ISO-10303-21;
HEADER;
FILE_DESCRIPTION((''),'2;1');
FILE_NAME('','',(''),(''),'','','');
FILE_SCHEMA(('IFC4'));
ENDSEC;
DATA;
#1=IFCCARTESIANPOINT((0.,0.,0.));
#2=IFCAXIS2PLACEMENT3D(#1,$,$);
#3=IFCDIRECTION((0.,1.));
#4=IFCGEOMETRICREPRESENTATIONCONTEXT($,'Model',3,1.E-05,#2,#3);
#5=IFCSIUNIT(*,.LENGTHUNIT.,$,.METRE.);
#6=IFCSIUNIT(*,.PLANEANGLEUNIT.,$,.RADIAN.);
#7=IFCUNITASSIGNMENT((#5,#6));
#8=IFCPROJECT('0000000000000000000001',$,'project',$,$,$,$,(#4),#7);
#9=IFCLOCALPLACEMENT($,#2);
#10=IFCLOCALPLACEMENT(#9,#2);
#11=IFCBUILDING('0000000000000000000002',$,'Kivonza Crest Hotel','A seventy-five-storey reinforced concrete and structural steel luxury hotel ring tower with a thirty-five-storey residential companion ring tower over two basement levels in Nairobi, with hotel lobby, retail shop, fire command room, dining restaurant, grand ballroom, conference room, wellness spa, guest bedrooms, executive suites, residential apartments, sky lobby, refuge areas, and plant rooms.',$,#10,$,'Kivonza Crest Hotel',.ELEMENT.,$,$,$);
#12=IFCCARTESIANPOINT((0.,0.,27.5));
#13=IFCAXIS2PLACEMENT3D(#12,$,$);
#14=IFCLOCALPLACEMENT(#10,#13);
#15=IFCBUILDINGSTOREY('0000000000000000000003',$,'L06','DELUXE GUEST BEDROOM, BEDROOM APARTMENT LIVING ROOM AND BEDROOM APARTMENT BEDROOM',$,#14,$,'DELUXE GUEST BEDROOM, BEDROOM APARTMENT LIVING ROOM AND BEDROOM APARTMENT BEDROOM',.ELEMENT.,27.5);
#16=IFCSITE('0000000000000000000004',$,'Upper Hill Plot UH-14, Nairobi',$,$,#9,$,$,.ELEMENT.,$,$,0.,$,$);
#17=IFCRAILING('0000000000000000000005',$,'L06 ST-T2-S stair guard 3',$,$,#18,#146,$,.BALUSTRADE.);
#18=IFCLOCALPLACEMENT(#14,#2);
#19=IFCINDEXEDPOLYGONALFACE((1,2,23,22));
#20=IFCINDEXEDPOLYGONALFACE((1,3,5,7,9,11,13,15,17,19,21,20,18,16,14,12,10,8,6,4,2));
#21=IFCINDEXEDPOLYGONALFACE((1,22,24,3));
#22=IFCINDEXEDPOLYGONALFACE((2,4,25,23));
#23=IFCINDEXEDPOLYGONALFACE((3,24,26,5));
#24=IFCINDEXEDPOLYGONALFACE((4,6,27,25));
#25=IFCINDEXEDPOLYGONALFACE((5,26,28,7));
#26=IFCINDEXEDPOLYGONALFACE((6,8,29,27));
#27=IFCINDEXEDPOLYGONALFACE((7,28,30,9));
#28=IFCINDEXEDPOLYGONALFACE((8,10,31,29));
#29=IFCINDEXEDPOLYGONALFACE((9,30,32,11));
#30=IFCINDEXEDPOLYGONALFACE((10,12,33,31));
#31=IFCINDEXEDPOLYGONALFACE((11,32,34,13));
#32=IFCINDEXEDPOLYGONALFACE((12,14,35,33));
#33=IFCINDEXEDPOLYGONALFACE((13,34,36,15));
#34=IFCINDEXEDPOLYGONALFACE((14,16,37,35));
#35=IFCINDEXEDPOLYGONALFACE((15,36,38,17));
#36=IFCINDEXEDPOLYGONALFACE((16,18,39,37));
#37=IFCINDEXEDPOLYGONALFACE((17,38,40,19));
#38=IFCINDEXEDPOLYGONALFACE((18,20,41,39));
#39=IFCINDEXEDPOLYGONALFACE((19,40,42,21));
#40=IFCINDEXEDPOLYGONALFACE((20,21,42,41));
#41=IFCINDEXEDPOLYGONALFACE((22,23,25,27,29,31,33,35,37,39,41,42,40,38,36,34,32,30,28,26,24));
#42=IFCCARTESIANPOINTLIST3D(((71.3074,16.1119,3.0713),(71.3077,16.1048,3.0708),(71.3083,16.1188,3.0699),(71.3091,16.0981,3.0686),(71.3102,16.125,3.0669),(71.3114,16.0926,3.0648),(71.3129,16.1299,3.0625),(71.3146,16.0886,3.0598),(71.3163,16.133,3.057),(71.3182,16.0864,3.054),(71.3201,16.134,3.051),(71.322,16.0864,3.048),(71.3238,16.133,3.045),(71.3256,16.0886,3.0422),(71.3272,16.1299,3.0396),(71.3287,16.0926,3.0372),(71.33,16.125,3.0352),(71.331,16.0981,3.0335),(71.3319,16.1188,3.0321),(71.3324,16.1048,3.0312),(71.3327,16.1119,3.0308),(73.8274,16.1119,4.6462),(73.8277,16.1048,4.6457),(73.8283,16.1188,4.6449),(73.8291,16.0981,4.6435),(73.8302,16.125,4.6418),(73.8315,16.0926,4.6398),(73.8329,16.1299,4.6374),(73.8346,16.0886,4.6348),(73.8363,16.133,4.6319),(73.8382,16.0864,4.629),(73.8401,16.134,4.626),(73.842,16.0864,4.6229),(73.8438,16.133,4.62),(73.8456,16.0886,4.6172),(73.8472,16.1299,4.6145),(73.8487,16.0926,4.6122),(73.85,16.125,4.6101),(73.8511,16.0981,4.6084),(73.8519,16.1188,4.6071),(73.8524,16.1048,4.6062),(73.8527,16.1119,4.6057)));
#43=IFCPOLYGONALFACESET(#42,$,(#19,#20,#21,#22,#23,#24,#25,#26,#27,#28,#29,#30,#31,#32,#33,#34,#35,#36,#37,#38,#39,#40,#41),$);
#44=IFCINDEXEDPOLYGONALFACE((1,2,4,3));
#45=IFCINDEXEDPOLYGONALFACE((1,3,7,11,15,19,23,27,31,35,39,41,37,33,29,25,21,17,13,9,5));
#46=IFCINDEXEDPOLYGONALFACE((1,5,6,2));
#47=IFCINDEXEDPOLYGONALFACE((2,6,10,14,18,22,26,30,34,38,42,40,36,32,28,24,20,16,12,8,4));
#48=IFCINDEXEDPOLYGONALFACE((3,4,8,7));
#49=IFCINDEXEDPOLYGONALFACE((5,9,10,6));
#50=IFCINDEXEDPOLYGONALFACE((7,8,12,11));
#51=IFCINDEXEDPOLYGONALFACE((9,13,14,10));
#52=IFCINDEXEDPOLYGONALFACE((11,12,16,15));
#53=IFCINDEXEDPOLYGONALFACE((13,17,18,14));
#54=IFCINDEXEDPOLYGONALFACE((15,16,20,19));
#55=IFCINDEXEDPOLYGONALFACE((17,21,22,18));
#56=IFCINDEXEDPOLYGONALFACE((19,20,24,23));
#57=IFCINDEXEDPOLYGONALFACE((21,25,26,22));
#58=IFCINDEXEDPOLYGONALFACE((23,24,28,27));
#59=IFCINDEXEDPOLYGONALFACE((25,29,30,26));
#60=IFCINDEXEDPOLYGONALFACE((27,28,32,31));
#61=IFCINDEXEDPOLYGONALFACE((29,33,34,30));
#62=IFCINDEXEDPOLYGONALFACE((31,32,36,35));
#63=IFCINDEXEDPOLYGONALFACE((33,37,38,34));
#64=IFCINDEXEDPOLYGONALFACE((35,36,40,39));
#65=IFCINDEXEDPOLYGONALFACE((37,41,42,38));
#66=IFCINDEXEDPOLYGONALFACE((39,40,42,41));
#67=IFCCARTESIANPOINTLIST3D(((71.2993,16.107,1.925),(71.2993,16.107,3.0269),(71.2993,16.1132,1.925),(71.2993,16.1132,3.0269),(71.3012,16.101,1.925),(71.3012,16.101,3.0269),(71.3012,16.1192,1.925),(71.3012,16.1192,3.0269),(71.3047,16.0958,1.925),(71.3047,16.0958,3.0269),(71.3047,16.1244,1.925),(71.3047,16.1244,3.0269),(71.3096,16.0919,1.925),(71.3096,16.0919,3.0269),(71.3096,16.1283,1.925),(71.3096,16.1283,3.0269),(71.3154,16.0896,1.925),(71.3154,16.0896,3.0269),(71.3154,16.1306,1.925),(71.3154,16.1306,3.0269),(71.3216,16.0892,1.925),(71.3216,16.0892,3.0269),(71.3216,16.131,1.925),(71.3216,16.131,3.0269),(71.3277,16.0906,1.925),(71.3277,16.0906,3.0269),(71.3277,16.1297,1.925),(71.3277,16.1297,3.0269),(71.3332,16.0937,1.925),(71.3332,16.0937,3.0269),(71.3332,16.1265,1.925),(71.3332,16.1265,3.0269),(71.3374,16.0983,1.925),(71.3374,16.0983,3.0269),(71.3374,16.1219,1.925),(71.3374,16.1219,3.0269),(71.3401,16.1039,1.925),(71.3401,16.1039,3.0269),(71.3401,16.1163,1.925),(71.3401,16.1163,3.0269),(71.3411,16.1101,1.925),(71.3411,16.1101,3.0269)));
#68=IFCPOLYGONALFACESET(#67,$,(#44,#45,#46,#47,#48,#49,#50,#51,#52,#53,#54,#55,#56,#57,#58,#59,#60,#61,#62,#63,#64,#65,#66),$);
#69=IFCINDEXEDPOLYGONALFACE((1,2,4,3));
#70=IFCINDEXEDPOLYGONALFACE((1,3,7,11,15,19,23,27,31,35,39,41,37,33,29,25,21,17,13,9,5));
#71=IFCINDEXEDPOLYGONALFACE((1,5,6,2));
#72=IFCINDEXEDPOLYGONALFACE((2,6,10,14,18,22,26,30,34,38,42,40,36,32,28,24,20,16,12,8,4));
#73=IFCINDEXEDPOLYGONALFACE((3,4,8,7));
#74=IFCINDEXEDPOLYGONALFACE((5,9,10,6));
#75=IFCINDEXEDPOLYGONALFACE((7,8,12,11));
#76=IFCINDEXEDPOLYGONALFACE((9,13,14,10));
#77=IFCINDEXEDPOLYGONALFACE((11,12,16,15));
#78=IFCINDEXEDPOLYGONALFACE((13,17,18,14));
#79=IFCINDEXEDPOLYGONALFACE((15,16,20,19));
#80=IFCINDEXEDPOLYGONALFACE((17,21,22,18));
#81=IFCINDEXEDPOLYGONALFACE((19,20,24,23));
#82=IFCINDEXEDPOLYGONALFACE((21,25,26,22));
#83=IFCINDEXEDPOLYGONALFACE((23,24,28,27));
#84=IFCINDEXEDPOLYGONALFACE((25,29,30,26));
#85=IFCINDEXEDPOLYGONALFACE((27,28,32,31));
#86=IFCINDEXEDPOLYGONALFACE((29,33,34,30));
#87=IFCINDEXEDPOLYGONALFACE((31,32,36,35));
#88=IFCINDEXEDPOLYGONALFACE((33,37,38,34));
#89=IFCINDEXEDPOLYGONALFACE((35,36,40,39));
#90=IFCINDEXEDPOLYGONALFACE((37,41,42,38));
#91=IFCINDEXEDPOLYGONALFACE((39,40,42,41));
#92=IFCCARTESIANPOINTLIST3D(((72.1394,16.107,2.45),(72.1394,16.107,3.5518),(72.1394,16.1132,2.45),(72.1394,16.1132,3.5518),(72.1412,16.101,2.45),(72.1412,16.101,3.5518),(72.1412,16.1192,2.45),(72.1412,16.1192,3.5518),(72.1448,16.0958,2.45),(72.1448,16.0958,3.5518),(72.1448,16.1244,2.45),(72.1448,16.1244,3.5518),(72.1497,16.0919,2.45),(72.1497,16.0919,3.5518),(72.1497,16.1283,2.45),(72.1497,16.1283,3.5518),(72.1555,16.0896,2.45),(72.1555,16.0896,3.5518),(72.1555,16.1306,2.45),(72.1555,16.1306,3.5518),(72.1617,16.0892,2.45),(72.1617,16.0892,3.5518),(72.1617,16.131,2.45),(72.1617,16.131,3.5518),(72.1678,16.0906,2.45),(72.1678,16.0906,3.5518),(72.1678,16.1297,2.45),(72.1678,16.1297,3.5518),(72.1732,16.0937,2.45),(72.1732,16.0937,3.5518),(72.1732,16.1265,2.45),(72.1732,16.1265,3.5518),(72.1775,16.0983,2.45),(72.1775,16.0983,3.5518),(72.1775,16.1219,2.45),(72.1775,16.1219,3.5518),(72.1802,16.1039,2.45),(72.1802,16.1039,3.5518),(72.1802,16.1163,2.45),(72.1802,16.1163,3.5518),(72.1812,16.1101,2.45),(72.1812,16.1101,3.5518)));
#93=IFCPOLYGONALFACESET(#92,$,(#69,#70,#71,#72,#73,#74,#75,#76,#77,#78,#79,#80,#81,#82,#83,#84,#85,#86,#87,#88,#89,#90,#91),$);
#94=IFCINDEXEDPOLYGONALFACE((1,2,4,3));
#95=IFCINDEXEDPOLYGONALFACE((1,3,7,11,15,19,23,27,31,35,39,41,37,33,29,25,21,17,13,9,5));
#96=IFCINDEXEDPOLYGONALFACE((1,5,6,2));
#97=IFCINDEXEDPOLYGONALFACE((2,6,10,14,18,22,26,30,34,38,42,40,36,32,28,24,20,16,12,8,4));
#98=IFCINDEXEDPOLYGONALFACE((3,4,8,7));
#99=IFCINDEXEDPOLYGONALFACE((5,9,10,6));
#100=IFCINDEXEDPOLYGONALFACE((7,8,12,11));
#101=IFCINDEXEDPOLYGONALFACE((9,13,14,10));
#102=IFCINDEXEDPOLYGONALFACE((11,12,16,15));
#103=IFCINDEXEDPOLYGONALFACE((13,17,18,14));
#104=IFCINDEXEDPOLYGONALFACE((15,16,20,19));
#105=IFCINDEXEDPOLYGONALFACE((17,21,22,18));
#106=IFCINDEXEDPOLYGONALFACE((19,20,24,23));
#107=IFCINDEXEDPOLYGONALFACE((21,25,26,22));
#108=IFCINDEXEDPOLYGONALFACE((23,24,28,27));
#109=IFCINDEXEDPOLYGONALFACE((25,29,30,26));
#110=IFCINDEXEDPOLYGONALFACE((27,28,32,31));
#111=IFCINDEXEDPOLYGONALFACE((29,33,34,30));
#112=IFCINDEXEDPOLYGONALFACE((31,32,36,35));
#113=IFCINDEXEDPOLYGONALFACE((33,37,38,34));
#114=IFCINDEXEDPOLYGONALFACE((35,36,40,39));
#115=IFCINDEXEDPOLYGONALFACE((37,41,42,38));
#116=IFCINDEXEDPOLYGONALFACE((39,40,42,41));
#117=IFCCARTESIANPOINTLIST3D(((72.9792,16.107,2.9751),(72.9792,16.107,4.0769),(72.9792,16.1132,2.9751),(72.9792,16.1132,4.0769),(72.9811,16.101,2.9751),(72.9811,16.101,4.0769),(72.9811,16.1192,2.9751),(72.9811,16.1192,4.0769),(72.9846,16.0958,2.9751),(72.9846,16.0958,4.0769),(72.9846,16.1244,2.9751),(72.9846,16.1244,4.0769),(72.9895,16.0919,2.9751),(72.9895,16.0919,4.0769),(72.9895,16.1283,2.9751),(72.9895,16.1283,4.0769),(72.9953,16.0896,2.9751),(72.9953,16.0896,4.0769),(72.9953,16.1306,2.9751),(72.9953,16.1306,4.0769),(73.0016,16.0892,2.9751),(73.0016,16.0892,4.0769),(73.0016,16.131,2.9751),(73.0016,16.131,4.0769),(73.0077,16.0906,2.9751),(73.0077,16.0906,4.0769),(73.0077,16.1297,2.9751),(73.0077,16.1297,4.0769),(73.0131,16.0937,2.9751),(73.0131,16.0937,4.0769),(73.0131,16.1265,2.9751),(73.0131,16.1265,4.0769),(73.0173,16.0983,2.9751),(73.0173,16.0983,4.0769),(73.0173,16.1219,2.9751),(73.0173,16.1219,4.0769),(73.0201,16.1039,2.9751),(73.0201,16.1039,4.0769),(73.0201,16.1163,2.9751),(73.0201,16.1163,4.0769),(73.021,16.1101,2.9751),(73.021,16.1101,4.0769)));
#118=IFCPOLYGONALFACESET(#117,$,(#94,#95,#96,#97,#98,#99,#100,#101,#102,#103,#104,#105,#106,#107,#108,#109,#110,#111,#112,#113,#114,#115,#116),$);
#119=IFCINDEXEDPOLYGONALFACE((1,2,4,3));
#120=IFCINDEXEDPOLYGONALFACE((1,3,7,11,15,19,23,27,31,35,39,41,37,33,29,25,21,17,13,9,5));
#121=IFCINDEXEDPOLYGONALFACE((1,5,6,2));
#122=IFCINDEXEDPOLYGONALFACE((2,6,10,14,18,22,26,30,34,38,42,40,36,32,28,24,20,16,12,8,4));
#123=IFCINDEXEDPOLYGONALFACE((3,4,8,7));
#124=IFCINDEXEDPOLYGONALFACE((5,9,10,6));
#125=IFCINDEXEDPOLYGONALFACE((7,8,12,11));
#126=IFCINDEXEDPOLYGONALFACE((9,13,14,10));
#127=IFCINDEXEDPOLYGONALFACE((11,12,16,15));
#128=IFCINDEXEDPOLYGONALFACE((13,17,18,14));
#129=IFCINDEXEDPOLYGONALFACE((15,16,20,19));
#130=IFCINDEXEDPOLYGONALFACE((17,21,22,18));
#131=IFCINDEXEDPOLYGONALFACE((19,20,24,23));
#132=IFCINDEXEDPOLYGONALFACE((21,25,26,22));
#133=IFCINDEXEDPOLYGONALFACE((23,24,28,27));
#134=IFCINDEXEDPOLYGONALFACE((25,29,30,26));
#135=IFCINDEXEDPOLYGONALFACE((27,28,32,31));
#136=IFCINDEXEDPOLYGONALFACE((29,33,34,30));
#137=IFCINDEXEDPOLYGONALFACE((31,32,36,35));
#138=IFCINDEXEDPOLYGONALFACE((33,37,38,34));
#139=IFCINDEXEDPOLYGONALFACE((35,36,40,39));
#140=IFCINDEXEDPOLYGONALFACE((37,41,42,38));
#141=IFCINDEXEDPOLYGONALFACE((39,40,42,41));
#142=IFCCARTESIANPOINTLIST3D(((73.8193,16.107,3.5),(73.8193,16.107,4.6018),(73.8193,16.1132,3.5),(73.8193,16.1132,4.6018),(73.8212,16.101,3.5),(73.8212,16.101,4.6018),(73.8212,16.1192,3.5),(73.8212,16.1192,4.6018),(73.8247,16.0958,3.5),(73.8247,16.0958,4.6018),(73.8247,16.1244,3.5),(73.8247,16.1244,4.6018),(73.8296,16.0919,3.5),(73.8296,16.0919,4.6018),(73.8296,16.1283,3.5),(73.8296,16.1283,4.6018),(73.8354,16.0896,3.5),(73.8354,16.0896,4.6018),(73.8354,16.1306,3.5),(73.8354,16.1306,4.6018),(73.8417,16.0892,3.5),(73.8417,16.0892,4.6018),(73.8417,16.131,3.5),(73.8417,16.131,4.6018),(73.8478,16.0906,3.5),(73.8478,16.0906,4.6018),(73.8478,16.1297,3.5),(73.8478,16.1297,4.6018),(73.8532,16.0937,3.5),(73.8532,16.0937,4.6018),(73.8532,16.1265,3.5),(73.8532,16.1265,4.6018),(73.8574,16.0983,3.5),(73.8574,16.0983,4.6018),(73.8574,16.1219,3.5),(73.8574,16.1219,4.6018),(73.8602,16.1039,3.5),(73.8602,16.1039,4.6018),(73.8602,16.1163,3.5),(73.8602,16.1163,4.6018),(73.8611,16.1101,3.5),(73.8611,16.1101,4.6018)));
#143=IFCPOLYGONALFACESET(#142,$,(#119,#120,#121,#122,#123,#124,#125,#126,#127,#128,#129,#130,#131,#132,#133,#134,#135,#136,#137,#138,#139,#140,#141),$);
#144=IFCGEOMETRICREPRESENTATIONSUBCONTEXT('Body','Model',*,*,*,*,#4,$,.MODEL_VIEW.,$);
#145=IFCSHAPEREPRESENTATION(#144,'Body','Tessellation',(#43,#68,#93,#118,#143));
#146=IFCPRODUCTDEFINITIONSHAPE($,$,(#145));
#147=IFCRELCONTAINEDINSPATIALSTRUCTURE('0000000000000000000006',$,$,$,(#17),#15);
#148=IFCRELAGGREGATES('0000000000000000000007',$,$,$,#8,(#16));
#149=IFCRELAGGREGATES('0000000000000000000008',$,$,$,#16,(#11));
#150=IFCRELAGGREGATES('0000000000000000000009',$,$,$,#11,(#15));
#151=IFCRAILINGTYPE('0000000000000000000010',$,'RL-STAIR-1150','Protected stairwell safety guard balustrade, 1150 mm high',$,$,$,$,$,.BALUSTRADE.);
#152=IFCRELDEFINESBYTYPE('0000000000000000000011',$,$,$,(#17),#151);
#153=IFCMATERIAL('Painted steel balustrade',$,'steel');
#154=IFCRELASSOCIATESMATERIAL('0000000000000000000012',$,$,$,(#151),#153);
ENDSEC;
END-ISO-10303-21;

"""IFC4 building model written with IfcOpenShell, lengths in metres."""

from ifc_helpers import new_model, si_unit, direction, frame, origin, origin_2d, place, context, subcontext, project, spatial, circle, extrude, material, type_object, element, save


model = new_model("IFC4")

# Units and contexts
model_context = context("Model", 3, precision=1e-05, world=origin(), true_north=direction((0.0, 1.0)))
body_context = subcontext(model_context, "Body", "Model", "MODEL_VIEW")
ifc_project = project(units=[si_unit("LENGTHUNIT", "METRE"), si_unit("PLANEANGLEUNIT", "RADIAN")], contexts=[model_context])

# Site, building, storey
site_placement = place(None, origin())
site = spatial("IfcSite", under=ifc_project, at=site_placement, Name="Upper Hill Plot UH-14, Nairobi", CompositionType="ELEMENT", RefElevation=0.0)
building_placement = place(site_placement, origin())
building = spatial("IfcBuilding", under=site, at=building_placement, Name="Kivonza Crest Hotel", Description="A seventy-five-storey reinforced concrete and structural steel luxury hotel ring tower with a thirty-five-storey residential companion ring tower over two basement levels in Nairobi, with hotel lobby, retail shop, fire command room, dining restaurant, grand ballroom, conference room, wellness spa, guest bedrooms, executive suites, residential apartments, sky lobby, refuge areas, and plant rooms.", LongName="Kivonza Crest Hotel", CompositionType="ELEMENT")
storey_placement = place(building_placement, frame((0.0, 0.0, 27.5)))
storey = spatial("IfcBuildingStorey", under=building, at=storey_placement, Name="L06", Description="DELUXE GUEST BEDROOM, BEDROOM APARTMENT LIVING ROOM AND BEDROOM APARTMENT BEDROOM", LongName="DELUXE GUEST BEDROOM, BEDROOM APARTMENT LIVING ROOM AND BEDROOM APARTMENT BEDROOM", CompositionType="ELEMENT", Elevation=27.5)

# Railing
ifc_material_1 = material(Name="Painted steel balustrade", Category="steel")
railing_type_1 = type_object("IfcRailingType", Name="RL-STAIR-1150", Description="Protected stairwell safety guard balustrade, 1150 mm high", PredefinedType="BALUSTRADE", material=ifc_material_1)
railing_1_placement = place(storey_placement, frame((71.3201, 16.1101, 1.925)))
element("IfcRailing", 1, at=railing_1_placement, inside=storey, type_object=railing_type_1, Name="L06 ST-T2-S stair guard 3", PredefinedType="BALUSTRADE", context=body_context, shape_type="SweptSolid", body=[
    extrude(circle(Radius=0.0239, at=origin_2d()), frame((0.0, 0.0, 1.126), z_axis=(0.848008, 0.0, 0.529984), x_axis=(0.0, 1.0, 0.0)), (0.0, 0.0, 1.0), 2.9717),
    extrude(circle(Radius=0.021, at=origin_2d()), origin(), (0.0, 0.0, 1.0), 1.1018),
    extrude(circle(Radius=0.021, at=origin_2d()), frame((0.8401, 0.0, 0.5249)), (0.0, 0.0, 1.0), 1.1018),
    extrude(circle(Radius=0.021, at=origin_2d()), frame((1.6799, 0.0, 1.05)), (0.0, 0.0, 1.0), 1.1018),
    extrude(circle(Radius=0.021, at=origin_2d()), frame((2.52, 0.0, 1.575)), (0.0, 0.0, 1.0), 1.1018),
])

save(model, "model.ifc")
